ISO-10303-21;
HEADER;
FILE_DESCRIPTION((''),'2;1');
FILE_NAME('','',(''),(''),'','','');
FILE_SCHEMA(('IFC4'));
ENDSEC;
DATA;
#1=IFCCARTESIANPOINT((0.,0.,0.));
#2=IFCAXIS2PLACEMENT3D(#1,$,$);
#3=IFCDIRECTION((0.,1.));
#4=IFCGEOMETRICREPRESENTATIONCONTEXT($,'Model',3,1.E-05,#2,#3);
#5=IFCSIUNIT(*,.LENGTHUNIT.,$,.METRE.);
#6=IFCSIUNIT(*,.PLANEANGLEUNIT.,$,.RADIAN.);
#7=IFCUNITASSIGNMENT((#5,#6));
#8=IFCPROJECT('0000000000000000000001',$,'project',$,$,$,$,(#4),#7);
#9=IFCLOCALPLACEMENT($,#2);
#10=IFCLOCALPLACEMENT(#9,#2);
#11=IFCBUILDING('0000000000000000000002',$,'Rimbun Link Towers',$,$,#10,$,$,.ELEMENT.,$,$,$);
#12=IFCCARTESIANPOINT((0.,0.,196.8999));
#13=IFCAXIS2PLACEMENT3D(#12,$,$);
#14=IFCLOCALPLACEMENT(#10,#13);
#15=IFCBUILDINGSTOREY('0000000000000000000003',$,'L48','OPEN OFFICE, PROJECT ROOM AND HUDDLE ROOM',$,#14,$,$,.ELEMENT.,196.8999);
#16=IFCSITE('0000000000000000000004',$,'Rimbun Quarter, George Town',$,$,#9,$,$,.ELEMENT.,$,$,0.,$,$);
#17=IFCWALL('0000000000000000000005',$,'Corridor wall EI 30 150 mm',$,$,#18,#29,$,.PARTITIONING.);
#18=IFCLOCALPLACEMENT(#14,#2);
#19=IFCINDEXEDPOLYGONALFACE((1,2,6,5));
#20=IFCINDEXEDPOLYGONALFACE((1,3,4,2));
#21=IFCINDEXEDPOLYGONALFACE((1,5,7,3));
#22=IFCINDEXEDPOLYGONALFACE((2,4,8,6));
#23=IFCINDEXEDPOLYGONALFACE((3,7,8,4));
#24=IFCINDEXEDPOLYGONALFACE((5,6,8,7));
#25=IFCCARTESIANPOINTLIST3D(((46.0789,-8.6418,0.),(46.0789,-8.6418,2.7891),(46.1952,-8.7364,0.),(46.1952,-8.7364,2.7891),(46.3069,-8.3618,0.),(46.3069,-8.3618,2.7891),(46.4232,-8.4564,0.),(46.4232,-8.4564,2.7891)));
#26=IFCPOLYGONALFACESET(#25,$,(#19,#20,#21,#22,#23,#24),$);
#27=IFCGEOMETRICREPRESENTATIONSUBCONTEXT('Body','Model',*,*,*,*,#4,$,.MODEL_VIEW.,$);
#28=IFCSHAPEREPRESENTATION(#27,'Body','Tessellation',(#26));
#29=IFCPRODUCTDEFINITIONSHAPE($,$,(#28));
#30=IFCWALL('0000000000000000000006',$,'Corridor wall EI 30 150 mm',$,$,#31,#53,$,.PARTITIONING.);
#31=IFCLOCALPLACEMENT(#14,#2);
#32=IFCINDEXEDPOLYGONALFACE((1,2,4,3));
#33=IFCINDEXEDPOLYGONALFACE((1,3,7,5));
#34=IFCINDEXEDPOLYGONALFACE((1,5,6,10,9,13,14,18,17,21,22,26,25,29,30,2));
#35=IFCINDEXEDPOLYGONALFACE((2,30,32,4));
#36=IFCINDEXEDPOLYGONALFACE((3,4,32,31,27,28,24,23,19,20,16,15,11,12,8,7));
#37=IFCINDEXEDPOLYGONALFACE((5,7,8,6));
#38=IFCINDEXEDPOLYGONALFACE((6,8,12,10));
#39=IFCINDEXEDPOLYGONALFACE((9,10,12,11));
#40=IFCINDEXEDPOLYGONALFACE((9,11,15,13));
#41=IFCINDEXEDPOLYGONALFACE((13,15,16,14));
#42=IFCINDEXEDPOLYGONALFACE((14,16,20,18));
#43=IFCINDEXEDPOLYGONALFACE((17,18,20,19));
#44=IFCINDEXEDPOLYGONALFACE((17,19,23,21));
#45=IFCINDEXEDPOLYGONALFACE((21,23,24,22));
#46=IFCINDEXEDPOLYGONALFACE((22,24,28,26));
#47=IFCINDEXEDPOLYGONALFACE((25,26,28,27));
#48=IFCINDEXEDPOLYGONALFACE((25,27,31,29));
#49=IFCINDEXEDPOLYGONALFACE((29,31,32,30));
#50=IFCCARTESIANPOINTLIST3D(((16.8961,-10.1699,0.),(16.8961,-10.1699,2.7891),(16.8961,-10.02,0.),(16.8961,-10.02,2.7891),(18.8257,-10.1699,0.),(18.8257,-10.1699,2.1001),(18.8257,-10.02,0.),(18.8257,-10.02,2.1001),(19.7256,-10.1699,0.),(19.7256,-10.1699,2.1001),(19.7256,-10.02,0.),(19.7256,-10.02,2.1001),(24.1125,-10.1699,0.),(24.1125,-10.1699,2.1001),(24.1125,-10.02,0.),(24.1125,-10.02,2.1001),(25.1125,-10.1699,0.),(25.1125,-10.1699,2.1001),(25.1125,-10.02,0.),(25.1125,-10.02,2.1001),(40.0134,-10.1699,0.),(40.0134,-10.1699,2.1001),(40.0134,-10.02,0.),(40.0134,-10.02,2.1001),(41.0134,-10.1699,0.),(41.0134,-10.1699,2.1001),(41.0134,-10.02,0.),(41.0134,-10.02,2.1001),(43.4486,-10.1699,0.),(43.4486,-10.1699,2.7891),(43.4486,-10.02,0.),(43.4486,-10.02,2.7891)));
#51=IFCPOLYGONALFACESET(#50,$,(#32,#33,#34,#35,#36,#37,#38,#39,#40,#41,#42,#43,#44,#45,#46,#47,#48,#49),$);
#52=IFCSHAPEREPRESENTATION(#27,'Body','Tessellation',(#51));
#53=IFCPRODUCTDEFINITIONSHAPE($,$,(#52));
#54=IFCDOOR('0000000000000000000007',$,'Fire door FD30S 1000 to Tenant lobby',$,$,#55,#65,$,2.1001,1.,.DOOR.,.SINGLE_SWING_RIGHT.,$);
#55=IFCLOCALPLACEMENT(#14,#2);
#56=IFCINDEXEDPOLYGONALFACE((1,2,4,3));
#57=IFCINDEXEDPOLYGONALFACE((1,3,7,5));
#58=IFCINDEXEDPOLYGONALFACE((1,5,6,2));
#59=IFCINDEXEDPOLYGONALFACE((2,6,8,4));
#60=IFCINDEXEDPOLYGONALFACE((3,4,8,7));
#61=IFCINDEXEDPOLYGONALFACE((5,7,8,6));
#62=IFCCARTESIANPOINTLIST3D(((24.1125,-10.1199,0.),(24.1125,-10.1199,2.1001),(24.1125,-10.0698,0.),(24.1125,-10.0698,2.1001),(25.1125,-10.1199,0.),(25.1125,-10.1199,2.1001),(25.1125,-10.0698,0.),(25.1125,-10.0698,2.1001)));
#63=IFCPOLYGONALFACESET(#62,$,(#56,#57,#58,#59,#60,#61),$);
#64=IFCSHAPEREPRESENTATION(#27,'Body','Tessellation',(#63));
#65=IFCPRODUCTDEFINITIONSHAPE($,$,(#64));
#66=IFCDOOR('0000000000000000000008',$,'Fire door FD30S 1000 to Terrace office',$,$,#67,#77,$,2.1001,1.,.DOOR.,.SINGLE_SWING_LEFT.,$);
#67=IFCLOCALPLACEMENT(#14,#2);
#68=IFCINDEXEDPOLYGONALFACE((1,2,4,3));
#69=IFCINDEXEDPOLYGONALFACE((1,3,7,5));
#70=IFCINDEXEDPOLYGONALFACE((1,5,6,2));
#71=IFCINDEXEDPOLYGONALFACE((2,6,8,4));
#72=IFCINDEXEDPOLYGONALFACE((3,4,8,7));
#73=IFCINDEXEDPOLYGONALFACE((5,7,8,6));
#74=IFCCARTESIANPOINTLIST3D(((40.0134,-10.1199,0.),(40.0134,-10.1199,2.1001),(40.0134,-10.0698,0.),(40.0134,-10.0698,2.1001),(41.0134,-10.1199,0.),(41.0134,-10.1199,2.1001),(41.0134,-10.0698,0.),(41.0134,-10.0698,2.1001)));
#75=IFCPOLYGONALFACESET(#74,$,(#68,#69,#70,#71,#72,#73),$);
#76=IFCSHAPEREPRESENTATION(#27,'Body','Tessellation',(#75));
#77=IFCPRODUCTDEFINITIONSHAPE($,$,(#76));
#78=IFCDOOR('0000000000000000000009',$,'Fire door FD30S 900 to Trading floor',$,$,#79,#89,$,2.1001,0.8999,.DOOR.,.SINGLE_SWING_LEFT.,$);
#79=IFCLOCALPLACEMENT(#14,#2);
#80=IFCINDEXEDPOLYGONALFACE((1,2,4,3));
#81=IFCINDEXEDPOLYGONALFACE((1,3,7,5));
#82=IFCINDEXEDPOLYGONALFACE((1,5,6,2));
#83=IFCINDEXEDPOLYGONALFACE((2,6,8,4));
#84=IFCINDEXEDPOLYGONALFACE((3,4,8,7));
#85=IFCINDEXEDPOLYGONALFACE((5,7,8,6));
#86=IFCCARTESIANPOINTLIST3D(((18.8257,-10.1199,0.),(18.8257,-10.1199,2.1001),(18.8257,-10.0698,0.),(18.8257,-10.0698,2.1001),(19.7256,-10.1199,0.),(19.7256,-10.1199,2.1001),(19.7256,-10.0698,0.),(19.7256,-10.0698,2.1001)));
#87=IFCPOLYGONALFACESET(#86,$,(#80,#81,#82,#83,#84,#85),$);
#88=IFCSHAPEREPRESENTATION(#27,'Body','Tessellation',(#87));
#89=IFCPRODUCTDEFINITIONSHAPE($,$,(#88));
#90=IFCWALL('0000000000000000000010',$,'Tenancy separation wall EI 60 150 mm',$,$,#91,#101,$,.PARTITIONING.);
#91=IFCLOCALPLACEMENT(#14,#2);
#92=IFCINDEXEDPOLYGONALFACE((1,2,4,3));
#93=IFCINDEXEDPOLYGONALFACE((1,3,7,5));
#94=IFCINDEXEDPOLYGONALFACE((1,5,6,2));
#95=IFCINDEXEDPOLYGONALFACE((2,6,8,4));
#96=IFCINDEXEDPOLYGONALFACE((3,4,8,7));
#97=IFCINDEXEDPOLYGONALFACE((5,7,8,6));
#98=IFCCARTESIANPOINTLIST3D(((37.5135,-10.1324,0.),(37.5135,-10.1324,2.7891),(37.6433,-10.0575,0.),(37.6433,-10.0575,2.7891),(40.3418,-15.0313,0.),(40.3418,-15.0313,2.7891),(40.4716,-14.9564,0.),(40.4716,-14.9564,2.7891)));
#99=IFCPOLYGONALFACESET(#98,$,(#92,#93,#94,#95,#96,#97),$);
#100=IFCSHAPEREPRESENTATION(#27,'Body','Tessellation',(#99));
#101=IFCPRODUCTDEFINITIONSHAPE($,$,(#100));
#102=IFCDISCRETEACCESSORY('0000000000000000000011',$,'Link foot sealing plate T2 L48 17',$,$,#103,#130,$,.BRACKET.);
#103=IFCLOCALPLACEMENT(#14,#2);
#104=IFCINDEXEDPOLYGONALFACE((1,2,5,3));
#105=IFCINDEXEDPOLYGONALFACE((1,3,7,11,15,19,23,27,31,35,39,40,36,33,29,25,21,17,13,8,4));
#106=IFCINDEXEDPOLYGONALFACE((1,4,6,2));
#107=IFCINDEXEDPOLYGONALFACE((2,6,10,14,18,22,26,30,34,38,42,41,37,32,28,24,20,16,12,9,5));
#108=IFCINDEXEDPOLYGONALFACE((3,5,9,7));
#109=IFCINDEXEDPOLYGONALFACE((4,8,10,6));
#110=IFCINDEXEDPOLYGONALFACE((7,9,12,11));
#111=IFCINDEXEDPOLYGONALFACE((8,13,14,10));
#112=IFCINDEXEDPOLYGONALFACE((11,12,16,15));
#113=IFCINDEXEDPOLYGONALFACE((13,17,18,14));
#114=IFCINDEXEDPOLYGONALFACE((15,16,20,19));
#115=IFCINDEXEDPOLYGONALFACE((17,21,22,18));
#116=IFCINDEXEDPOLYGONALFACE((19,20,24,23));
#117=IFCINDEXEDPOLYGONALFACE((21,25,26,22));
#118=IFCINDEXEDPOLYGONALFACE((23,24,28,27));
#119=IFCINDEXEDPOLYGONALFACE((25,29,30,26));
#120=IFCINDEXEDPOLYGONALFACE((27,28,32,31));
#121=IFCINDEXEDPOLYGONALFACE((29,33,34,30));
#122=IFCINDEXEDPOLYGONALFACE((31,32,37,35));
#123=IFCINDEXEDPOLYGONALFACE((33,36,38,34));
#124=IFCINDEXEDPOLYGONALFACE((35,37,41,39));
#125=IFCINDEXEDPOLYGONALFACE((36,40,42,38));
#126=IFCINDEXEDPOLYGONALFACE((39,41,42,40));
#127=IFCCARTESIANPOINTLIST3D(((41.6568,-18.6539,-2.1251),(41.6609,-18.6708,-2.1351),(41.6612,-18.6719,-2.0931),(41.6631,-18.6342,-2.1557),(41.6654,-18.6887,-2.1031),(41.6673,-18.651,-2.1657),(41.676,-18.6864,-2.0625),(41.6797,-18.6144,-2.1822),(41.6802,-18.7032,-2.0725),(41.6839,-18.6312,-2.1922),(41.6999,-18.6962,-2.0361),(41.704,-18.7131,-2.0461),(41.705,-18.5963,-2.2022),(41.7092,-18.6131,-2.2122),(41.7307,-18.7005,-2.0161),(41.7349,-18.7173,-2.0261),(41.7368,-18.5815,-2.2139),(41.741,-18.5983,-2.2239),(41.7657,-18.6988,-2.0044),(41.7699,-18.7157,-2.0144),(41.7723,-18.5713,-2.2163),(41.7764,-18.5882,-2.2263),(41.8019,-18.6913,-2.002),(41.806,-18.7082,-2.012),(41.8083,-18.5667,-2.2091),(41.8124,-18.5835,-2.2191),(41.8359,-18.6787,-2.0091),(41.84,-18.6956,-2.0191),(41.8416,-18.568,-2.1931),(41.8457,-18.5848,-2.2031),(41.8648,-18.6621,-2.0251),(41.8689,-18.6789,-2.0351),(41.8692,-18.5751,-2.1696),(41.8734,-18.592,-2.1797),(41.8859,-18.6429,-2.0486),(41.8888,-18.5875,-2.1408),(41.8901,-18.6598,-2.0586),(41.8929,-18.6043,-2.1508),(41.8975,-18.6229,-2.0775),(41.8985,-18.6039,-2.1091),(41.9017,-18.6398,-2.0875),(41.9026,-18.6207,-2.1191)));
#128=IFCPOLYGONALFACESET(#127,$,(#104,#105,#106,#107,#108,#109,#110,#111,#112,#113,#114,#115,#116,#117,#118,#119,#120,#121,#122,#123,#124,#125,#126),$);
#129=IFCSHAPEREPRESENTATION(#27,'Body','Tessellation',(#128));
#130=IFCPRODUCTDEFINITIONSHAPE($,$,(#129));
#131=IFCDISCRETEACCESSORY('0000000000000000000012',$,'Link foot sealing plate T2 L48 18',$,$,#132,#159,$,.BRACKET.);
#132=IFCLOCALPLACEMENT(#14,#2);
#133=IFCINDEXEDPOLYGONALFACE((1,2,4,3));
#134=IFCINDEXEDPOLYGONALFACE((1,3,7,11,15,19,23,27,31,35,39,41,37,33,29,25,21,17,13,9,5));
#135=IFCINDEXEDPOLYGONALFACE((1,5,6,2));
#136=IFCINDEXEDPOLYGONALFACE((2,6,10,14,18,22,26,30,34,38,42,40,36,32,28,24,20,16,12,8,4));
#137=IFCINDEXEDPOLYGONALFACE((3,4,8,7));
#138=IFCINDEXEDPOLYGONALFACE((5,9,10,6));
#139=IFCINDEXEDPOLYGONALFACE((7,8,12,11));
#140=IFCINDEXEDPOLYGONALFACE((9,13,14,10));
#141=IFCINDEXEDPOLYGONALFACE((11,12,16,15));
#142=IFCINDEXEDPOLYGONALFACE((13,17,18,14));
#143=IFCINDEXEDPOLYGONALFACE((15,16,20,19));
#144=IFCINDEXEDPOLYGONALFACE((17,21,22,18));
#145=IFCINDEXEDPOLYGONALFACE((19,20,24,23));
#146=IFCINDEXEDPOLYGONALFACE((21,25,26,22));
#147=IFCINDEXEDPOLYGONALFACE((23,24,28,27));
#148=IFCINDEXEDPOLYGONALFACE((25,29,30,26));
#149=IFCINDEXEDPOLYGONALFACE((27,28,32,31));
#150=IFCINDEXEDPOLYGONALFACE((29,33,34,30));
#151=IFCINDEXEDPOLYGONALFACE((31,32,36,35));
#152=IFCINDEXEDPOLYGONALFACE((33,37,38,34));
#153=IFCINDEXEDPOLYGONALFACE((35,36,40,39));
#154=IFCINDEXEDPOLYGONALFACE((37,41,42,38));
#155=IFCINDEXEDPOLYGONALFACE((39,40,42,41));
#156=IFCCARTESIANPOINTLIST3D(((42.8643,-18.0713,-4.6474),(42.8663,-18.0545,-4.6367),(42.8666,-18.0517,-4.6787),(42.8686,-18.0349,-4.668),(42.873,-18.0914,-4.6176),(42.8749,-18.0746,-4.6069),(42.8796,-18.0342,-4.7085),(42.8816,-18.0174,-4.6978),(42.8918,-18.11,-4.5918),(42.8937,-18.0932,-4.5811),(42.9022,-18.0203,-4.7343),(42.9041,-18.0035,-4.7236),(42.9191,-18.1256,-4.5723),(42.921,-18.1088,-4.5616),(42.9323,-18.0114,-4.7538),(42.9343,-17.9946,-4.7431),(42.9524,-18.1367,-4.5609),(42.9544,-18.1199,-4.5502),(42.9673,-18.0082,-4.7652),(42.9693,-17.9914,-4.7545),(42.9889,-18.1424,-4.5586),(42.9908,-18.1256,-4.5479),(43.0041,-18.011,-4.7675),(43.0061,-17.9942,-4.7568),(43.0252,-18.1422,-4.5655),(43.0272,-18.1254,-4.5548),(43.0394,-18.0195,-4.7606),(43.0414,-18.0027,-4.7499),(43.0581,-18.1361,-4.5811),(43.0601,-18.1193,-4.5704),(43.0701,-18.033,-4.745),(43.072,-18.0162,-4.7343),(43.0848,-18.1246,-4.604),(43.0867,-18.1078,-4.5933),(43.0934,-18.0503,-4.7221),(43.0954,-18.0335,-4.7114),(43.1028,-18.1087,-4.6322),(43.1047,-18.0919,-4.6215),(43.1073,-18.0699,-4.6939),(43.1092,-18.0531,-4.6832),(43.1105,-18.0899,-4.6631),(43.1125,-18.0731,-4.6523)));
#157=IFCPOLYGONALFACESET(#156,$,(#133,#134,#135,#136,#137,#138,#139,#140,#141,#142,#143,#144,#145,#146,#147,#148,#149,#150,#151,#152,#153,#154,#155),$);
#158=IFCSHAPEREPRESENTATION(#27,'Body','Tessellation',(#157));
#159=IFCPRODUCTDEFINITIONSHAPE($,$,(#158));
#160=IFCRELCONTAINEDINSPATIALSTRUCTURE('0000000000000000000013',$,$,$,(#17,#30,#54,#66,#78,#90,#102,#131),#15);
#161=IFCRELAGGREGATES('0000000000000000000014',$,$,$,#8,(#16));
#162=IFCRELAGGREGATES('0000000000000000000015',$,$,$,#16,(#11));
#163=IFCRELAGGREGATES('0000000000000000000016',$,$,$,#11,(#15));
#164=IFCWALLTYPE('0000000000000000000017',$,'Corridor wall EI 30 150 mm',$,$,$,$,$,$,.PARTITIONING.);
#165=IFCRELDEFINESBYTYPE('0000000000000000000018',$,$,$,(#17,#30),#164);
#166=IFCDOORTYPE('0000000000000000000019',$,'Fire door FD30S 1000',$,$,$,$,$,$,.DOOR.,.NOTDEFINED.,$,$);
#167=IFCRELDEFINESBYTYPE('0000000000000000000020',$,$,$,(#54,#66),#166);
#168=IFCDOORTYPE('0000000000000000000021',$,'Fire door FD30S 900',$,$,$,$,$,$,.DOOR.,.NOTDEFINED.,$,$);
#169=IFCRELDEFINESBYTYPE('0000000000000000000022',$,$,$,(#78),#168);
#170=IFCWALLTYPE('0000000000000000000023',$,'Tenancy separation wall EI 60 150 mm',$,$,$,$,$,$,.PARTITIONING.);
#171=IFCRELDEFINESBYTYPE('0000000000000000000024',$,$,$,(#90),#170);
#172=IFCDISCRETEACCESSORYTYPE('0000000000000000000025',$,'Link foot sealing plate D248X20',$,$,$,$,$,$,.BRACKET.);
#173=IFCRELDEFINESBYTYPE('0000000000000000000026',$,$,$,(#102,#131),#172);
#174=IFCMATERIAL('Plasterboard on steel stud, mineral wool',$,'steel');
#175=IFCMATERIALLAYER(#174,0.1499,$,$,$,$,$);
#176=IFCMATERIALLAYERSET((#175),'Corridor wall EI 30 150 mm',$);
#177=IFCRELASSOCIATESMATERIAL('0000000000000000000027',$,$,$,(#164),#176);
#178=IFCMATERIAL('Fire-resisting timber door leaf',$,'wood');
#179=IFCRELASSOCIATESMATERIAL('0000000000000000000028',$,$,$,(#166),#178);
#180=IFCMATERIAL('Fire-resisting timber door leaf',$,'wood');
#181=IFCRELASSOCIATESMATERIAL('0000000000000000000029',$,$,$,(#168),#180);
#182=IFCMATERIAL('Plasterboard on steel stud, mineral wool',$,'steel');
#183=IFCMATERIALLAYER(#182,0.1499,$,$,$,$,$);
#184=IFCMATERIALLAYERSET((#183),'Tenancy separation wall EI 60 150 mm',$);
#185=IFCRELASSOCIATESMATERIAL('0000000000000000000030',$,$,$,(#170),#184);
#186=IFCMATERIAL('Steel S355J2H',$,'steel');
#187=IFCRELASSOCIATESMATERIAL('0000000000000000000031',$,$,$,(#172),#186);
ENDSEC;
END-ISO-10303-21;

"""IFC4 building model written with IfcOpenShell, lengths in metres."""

from ifc_helpers import new_model, si_unit, direction, frame, frame_2d, origin, origin_2d, place, context, subcontext, project, spatial, rectangle, circle, extrude, material, layer, layer_set, material_profile, profile_set, type_object, element, fill, save


model = new_model("IFC4")

# Units and contexts
model_context = context("Model", 3, precision=1e-05, world=origin(), true_north=direction((0.0, 1.0)))
body_context = subcontext(model_context, "Body", "Model", "MODEL_VIEW")
ifc_project = project(units=[si_unit("LENGTHUNIT", "METRE"), si_unit("PLANEANGLEUNIT", "RADIAN")], contexts=[model_context])

# Site, building, storey
site_placement = place(None, origin())
site = spatial("IfcSite", under=ifc_project, at=site_placement, Name="Rimbun Quarter, George Town", CompositionType="ELEMENT", RefElevation=0.0)
building_placement = place(site_placement, origin())
building = spatial("IfcBuilding", under=site, at=building_placement, Name="Rimbun Link Towers", CompositionType="ELEMENT")
storey_placement = place(building_placement, frame((0.0, 0.0, 196.8999)))
storey = spatial("IfcBuildingStorey", under=building, at=storey_placement, Name="L48", Description="OPEN OFFICE, PROJECT ROOM AND HUDDLE ROOM", CompositionType="ELEMENT", Elevation=196.8999)

# Wall
ifc_material_1 = material(Name="Plasterboard on steel stud, mineral wool", Category="steel")
ifc_layer_1 = layer(ifc_material_1, 0.1499)
ifc_layer_set_1 = layer_set([ifc_layer_1], Name="Corridor wall EI 30 150 mm")
wall_type_1 = type_object("IfcWallType", Name="Corridor wall EI 30 150 mm", PredefinedType="PARTITIONING", material=ifc_layer_set_1)
wall_1_placement = place(storey_placement, frame((46.137, -8.6892, 0.0), z_axis=(0.0, 0.0, 1.0), x_axis=(0.631432, 0.775431, 0.0)))
element("IfcWall", 1, at=wall_1_placement, inside=storey, type_object=wall_type_1, Name="Corridor wall EI 30 150 mm", PredefinedType="PARTITIONING", context=body_context, shape_type="SweptSolid", body=[
    extrude(rectangle(XDim=0.3611, YDim=0.1499, at=frame_2d((0.1807, 0.0))), origin(), (0.0, 0.0, 1.0), 2.7891),
])

# Wall, openings, doors
wall_2_placement = place(storey_placement, frame((43.4487, -10.095, 0.0), z_axis=(0.0, 0.0, 1.0), x_axis=(-1.0, 0.0, 0.0)))
wall_2 = element("IfcWall", 2, at=wall_2_placement, inside=storey, type_object=wall_type_1, Name="Corridor wall EI 30 150 mm", PredefinedType="PARTITIONING", context=body_context, shape_type="SweptSolid", body=[
    extrude(rectangle(XDim=26.5525, YDim=0.1499, at=frame_2d((13.2764, 0.0))), origin(), (0.0, 0.0, 1.0), 2.7891),
])
opening_1_placement = place(wall_2_placement, frame((23.7231, 0.0, 0.0)))
opening_1 = element("IfcOpeningElement", 3, at=opening_1_placement, cuts=wall_2, PredefinedType="OPENING", context=body_context, shape_type="SweptSolid", body=[
    extrude(rectangle(XDim=0.8999, YDim=2.1001, at=frame_2d((0.45, 1.05))), frame((0.0, 0.085, 0.0), z_axis=(0.0, -1.0, 0.0), x_axis=(1.0, 0.0, 0.0)), (0.0, 0.0, 1.0), 0.1699),
])
opening_2_placement = place(wall_2_placement, frame((18.3362, 0.0, 0.0)))
opening_2 = element("IfcOpeningElement", 4, at=opening_2_placement, cuts=wall_2, PredefinedType="OPENING", context=body_context, shape_type="SweptSolid", body=[
    extrude(rectangle(XDim=1.0, YDim=2.1001, at=frame_2d((0.5, 1.05))), frame((0.0, 0.085, 0.0), z_axis=(0.0, -1.0, 0.0), x_axis=(1.0, 0.0, 0.0)), (0.0, 0.0, 1.0), 0.1699),
])
opening_3_placement = place(wall_2_placement, frame((2.4353, 0.0, 0.0)))
opening_3 = element("IfcOpeningElement", 5, at=opening_3_placement, cuts=wall_2, PredefinedType="OPENING", context=body_context, shape_type="SweptSolid", body=[
    extrude(rectangle(XDim=1.0, YDim=2.1001, at=frame_2d((0.5, 1.05))), frame((0.0, 0.085, 0.0), z_axis=(0.0, -1.0, 0.0), x_axis=(1.0, 0.0, 0.0)), (0.0, 0.0, 1.0), 0.1699),
])
ifc_material_2 = material(Name="Fire-resisting timber door leaf", Category="wood")
door_type_1 = type_object("IfcDoorType", Name="Fire door FD30S 1000", OperationType="NOTDEFINED", PredefinedType="DOOR", material=ifc_material_2)
door_1_placement = place(opening_2_placement, origin())
door_1 = element("IfcDoor", 6, at=door_1_placement, inside=storey, type_object=door_type_1, Name="Fire door FD30S 1000 to Tenant lobby", OperationType="SINGLE_SWING_RIGHT", OverallHeight=2.1001, OverallWidth=1.0, PredefinedType="DOOR", context=body_context, shape_type="SweptSolid", body=[
    extrude(rectangle(XDim=1.0, YDim=2.1001, at=frame_2d((0.5, 1.05))), frame((0.0, 0.0249, 0.0), z_axis=(0.0, -1.0, 0.0), x_axis=(1.0, 0.0, 0.0)), (0.0, 0.0, 1.0), 0.05),
])
fill(opening_2, door_1)
door_2_placement = place(opening_3_placement, origin())
door_2 = element("IfcDoor", 7, at=door_2_placement, inside=storey, type_object=door_type_1, Name="Fire door FD30S 1000 to Terrace office", OperationType="SINGLE_SWING_LEFT", OverallHeight=2.1001, OverallWidth=1.0, PredefinedType="DOOR", context=body_context, shape_type="SweptSolid", body=[
    extrude(rectangle(XDim=1.0, YDim=2.1001, at=frame_2d((0.5, 1.05))), frame((0.0, 0.0249, 0.0), z_axis=(0.0, -1.0, 0.0), x_axis=(1.0, 0.0, 0.0)), (0.0, 0.0, 1.0), 0.05),
])
fill(opening_3, door_2)
ifc_material_3 = material(Name="Fire-resisting timber door leaf", Category="wood")
door_type_2 = type_object("IfcDoorType", Name="Fire door FD30S 900", OperationType="NOTDEFINED", PredefinedType="DOOR", material=ifc_material_3)
door_3_placement = place(opening_1_placement, origin())
door_3 = element("IfcDoor", 8, at=door_3_placement, inside=storey, type_object=door_type_2, Name="Fire door FD30S 900 to Trading floor", OperationType="SINGLE_SWING_LEFT", OverallHeight=2.1001, OverallWidth=0.8999, PredefinedType="DOOR", context=body_context, shape_type="SweptSolid", body=[
    extrude(rectangle(XDim=0.8999, YDim=2.1001, at=frame_2d((0.45, 1.05))), frame((0.0, 0.0249, 0.0), z_axis=(0.0, -1.0, 0.0), x_axis=(1.0, 0.0, 0.0)), (0.0, 0.0, 1.0), 0.05),
])
fill(opening_1, door_3)

# Wall
ifc_material_4 = material(Name="Plasterboard on steel stud, mineral wool", Category="steel")
ifc_layer_2 = layer(ifc_material_4, 0.1499)
ifc_layer_set_2 = layer_set([ifc_layer_2], Name="Tenancy separation wall EI 60 150 mm")
wall_type_2 = type_object("IfcWallType", Name="Tenancy separation wall EI 60 150 mm", PredefinedType="PARTITIONING", material=ifc_layer_set_2)
wall_3_placement = place(storey_placement, frame((37.5784, -10.095, 0.0), z_axis=(0.0, 0.0, 1.0), x_axis=(0.499996, -0.866027, 0.0)))
element("IfcWall", 9, at=wall_3_placement, inside=storey, type_object=wall_type_2, Name="Tenancy separation wall EI 60 150 mm", PredefinedType="PARTITIONING", context=body_context, shape_type="SweptSolid", body=[
    extrude(rectangle(XDim=5.6567, YDim=0.1499, at=frame_2d((2.8284, 0.0))), origin(), (0.0, 0.0, 1.0), 2.7891),
])

# Discrete accessories
ifc_material_5 = material(Name="Steel S355J2H", Category="steel")
ifc_material_profile_1 = material_profile(ifc_material_5, circle(Radius=0.124, at=origin_2d()), Name="PL D248")
ifc_profile_set_1 = profile_set([ifc_material_profile_1], Name="Steel S355J2H")
discrete_accessory_type = type_object("IfcDiscreteAccessoryType", Name="Link foot sealing plate D248X20", PredefinedType="BRACKET", material=ifc_profile_set_1)
for number, where, z_axis, x_axis, name in (
    (10, (41.7781, -18.6335, -2.1091), (0.207209, -0.841026, -0.49974), (0.970965, 0.239223, 0.0), "Link foot sealing plate T2 L48 17"),
    (11, (42.9893, -18.0588, -4.6523), (-0.097294, -0.839158, -0.535115), (0.993346, -0.115171, 0.0), "Link foot sealing plate T2 L48 18"),
):
    element("IfcDiscreteAccessory", number, at=place(storey_placement, frame(where, z_axis=z_axis, x_axis=x_axis)), inside=storey, type_object=discrete_accessory_type, Name=name, PredefinedType="BRACKET", context=body_context, shape_type="SweptSolid", body=[
        extrude(circle(Radius=0.124, at=origin_2d()), origin(), (0.0, 0.0, 1.0), 0.02),
    ])

save(model, "model.ifc")
